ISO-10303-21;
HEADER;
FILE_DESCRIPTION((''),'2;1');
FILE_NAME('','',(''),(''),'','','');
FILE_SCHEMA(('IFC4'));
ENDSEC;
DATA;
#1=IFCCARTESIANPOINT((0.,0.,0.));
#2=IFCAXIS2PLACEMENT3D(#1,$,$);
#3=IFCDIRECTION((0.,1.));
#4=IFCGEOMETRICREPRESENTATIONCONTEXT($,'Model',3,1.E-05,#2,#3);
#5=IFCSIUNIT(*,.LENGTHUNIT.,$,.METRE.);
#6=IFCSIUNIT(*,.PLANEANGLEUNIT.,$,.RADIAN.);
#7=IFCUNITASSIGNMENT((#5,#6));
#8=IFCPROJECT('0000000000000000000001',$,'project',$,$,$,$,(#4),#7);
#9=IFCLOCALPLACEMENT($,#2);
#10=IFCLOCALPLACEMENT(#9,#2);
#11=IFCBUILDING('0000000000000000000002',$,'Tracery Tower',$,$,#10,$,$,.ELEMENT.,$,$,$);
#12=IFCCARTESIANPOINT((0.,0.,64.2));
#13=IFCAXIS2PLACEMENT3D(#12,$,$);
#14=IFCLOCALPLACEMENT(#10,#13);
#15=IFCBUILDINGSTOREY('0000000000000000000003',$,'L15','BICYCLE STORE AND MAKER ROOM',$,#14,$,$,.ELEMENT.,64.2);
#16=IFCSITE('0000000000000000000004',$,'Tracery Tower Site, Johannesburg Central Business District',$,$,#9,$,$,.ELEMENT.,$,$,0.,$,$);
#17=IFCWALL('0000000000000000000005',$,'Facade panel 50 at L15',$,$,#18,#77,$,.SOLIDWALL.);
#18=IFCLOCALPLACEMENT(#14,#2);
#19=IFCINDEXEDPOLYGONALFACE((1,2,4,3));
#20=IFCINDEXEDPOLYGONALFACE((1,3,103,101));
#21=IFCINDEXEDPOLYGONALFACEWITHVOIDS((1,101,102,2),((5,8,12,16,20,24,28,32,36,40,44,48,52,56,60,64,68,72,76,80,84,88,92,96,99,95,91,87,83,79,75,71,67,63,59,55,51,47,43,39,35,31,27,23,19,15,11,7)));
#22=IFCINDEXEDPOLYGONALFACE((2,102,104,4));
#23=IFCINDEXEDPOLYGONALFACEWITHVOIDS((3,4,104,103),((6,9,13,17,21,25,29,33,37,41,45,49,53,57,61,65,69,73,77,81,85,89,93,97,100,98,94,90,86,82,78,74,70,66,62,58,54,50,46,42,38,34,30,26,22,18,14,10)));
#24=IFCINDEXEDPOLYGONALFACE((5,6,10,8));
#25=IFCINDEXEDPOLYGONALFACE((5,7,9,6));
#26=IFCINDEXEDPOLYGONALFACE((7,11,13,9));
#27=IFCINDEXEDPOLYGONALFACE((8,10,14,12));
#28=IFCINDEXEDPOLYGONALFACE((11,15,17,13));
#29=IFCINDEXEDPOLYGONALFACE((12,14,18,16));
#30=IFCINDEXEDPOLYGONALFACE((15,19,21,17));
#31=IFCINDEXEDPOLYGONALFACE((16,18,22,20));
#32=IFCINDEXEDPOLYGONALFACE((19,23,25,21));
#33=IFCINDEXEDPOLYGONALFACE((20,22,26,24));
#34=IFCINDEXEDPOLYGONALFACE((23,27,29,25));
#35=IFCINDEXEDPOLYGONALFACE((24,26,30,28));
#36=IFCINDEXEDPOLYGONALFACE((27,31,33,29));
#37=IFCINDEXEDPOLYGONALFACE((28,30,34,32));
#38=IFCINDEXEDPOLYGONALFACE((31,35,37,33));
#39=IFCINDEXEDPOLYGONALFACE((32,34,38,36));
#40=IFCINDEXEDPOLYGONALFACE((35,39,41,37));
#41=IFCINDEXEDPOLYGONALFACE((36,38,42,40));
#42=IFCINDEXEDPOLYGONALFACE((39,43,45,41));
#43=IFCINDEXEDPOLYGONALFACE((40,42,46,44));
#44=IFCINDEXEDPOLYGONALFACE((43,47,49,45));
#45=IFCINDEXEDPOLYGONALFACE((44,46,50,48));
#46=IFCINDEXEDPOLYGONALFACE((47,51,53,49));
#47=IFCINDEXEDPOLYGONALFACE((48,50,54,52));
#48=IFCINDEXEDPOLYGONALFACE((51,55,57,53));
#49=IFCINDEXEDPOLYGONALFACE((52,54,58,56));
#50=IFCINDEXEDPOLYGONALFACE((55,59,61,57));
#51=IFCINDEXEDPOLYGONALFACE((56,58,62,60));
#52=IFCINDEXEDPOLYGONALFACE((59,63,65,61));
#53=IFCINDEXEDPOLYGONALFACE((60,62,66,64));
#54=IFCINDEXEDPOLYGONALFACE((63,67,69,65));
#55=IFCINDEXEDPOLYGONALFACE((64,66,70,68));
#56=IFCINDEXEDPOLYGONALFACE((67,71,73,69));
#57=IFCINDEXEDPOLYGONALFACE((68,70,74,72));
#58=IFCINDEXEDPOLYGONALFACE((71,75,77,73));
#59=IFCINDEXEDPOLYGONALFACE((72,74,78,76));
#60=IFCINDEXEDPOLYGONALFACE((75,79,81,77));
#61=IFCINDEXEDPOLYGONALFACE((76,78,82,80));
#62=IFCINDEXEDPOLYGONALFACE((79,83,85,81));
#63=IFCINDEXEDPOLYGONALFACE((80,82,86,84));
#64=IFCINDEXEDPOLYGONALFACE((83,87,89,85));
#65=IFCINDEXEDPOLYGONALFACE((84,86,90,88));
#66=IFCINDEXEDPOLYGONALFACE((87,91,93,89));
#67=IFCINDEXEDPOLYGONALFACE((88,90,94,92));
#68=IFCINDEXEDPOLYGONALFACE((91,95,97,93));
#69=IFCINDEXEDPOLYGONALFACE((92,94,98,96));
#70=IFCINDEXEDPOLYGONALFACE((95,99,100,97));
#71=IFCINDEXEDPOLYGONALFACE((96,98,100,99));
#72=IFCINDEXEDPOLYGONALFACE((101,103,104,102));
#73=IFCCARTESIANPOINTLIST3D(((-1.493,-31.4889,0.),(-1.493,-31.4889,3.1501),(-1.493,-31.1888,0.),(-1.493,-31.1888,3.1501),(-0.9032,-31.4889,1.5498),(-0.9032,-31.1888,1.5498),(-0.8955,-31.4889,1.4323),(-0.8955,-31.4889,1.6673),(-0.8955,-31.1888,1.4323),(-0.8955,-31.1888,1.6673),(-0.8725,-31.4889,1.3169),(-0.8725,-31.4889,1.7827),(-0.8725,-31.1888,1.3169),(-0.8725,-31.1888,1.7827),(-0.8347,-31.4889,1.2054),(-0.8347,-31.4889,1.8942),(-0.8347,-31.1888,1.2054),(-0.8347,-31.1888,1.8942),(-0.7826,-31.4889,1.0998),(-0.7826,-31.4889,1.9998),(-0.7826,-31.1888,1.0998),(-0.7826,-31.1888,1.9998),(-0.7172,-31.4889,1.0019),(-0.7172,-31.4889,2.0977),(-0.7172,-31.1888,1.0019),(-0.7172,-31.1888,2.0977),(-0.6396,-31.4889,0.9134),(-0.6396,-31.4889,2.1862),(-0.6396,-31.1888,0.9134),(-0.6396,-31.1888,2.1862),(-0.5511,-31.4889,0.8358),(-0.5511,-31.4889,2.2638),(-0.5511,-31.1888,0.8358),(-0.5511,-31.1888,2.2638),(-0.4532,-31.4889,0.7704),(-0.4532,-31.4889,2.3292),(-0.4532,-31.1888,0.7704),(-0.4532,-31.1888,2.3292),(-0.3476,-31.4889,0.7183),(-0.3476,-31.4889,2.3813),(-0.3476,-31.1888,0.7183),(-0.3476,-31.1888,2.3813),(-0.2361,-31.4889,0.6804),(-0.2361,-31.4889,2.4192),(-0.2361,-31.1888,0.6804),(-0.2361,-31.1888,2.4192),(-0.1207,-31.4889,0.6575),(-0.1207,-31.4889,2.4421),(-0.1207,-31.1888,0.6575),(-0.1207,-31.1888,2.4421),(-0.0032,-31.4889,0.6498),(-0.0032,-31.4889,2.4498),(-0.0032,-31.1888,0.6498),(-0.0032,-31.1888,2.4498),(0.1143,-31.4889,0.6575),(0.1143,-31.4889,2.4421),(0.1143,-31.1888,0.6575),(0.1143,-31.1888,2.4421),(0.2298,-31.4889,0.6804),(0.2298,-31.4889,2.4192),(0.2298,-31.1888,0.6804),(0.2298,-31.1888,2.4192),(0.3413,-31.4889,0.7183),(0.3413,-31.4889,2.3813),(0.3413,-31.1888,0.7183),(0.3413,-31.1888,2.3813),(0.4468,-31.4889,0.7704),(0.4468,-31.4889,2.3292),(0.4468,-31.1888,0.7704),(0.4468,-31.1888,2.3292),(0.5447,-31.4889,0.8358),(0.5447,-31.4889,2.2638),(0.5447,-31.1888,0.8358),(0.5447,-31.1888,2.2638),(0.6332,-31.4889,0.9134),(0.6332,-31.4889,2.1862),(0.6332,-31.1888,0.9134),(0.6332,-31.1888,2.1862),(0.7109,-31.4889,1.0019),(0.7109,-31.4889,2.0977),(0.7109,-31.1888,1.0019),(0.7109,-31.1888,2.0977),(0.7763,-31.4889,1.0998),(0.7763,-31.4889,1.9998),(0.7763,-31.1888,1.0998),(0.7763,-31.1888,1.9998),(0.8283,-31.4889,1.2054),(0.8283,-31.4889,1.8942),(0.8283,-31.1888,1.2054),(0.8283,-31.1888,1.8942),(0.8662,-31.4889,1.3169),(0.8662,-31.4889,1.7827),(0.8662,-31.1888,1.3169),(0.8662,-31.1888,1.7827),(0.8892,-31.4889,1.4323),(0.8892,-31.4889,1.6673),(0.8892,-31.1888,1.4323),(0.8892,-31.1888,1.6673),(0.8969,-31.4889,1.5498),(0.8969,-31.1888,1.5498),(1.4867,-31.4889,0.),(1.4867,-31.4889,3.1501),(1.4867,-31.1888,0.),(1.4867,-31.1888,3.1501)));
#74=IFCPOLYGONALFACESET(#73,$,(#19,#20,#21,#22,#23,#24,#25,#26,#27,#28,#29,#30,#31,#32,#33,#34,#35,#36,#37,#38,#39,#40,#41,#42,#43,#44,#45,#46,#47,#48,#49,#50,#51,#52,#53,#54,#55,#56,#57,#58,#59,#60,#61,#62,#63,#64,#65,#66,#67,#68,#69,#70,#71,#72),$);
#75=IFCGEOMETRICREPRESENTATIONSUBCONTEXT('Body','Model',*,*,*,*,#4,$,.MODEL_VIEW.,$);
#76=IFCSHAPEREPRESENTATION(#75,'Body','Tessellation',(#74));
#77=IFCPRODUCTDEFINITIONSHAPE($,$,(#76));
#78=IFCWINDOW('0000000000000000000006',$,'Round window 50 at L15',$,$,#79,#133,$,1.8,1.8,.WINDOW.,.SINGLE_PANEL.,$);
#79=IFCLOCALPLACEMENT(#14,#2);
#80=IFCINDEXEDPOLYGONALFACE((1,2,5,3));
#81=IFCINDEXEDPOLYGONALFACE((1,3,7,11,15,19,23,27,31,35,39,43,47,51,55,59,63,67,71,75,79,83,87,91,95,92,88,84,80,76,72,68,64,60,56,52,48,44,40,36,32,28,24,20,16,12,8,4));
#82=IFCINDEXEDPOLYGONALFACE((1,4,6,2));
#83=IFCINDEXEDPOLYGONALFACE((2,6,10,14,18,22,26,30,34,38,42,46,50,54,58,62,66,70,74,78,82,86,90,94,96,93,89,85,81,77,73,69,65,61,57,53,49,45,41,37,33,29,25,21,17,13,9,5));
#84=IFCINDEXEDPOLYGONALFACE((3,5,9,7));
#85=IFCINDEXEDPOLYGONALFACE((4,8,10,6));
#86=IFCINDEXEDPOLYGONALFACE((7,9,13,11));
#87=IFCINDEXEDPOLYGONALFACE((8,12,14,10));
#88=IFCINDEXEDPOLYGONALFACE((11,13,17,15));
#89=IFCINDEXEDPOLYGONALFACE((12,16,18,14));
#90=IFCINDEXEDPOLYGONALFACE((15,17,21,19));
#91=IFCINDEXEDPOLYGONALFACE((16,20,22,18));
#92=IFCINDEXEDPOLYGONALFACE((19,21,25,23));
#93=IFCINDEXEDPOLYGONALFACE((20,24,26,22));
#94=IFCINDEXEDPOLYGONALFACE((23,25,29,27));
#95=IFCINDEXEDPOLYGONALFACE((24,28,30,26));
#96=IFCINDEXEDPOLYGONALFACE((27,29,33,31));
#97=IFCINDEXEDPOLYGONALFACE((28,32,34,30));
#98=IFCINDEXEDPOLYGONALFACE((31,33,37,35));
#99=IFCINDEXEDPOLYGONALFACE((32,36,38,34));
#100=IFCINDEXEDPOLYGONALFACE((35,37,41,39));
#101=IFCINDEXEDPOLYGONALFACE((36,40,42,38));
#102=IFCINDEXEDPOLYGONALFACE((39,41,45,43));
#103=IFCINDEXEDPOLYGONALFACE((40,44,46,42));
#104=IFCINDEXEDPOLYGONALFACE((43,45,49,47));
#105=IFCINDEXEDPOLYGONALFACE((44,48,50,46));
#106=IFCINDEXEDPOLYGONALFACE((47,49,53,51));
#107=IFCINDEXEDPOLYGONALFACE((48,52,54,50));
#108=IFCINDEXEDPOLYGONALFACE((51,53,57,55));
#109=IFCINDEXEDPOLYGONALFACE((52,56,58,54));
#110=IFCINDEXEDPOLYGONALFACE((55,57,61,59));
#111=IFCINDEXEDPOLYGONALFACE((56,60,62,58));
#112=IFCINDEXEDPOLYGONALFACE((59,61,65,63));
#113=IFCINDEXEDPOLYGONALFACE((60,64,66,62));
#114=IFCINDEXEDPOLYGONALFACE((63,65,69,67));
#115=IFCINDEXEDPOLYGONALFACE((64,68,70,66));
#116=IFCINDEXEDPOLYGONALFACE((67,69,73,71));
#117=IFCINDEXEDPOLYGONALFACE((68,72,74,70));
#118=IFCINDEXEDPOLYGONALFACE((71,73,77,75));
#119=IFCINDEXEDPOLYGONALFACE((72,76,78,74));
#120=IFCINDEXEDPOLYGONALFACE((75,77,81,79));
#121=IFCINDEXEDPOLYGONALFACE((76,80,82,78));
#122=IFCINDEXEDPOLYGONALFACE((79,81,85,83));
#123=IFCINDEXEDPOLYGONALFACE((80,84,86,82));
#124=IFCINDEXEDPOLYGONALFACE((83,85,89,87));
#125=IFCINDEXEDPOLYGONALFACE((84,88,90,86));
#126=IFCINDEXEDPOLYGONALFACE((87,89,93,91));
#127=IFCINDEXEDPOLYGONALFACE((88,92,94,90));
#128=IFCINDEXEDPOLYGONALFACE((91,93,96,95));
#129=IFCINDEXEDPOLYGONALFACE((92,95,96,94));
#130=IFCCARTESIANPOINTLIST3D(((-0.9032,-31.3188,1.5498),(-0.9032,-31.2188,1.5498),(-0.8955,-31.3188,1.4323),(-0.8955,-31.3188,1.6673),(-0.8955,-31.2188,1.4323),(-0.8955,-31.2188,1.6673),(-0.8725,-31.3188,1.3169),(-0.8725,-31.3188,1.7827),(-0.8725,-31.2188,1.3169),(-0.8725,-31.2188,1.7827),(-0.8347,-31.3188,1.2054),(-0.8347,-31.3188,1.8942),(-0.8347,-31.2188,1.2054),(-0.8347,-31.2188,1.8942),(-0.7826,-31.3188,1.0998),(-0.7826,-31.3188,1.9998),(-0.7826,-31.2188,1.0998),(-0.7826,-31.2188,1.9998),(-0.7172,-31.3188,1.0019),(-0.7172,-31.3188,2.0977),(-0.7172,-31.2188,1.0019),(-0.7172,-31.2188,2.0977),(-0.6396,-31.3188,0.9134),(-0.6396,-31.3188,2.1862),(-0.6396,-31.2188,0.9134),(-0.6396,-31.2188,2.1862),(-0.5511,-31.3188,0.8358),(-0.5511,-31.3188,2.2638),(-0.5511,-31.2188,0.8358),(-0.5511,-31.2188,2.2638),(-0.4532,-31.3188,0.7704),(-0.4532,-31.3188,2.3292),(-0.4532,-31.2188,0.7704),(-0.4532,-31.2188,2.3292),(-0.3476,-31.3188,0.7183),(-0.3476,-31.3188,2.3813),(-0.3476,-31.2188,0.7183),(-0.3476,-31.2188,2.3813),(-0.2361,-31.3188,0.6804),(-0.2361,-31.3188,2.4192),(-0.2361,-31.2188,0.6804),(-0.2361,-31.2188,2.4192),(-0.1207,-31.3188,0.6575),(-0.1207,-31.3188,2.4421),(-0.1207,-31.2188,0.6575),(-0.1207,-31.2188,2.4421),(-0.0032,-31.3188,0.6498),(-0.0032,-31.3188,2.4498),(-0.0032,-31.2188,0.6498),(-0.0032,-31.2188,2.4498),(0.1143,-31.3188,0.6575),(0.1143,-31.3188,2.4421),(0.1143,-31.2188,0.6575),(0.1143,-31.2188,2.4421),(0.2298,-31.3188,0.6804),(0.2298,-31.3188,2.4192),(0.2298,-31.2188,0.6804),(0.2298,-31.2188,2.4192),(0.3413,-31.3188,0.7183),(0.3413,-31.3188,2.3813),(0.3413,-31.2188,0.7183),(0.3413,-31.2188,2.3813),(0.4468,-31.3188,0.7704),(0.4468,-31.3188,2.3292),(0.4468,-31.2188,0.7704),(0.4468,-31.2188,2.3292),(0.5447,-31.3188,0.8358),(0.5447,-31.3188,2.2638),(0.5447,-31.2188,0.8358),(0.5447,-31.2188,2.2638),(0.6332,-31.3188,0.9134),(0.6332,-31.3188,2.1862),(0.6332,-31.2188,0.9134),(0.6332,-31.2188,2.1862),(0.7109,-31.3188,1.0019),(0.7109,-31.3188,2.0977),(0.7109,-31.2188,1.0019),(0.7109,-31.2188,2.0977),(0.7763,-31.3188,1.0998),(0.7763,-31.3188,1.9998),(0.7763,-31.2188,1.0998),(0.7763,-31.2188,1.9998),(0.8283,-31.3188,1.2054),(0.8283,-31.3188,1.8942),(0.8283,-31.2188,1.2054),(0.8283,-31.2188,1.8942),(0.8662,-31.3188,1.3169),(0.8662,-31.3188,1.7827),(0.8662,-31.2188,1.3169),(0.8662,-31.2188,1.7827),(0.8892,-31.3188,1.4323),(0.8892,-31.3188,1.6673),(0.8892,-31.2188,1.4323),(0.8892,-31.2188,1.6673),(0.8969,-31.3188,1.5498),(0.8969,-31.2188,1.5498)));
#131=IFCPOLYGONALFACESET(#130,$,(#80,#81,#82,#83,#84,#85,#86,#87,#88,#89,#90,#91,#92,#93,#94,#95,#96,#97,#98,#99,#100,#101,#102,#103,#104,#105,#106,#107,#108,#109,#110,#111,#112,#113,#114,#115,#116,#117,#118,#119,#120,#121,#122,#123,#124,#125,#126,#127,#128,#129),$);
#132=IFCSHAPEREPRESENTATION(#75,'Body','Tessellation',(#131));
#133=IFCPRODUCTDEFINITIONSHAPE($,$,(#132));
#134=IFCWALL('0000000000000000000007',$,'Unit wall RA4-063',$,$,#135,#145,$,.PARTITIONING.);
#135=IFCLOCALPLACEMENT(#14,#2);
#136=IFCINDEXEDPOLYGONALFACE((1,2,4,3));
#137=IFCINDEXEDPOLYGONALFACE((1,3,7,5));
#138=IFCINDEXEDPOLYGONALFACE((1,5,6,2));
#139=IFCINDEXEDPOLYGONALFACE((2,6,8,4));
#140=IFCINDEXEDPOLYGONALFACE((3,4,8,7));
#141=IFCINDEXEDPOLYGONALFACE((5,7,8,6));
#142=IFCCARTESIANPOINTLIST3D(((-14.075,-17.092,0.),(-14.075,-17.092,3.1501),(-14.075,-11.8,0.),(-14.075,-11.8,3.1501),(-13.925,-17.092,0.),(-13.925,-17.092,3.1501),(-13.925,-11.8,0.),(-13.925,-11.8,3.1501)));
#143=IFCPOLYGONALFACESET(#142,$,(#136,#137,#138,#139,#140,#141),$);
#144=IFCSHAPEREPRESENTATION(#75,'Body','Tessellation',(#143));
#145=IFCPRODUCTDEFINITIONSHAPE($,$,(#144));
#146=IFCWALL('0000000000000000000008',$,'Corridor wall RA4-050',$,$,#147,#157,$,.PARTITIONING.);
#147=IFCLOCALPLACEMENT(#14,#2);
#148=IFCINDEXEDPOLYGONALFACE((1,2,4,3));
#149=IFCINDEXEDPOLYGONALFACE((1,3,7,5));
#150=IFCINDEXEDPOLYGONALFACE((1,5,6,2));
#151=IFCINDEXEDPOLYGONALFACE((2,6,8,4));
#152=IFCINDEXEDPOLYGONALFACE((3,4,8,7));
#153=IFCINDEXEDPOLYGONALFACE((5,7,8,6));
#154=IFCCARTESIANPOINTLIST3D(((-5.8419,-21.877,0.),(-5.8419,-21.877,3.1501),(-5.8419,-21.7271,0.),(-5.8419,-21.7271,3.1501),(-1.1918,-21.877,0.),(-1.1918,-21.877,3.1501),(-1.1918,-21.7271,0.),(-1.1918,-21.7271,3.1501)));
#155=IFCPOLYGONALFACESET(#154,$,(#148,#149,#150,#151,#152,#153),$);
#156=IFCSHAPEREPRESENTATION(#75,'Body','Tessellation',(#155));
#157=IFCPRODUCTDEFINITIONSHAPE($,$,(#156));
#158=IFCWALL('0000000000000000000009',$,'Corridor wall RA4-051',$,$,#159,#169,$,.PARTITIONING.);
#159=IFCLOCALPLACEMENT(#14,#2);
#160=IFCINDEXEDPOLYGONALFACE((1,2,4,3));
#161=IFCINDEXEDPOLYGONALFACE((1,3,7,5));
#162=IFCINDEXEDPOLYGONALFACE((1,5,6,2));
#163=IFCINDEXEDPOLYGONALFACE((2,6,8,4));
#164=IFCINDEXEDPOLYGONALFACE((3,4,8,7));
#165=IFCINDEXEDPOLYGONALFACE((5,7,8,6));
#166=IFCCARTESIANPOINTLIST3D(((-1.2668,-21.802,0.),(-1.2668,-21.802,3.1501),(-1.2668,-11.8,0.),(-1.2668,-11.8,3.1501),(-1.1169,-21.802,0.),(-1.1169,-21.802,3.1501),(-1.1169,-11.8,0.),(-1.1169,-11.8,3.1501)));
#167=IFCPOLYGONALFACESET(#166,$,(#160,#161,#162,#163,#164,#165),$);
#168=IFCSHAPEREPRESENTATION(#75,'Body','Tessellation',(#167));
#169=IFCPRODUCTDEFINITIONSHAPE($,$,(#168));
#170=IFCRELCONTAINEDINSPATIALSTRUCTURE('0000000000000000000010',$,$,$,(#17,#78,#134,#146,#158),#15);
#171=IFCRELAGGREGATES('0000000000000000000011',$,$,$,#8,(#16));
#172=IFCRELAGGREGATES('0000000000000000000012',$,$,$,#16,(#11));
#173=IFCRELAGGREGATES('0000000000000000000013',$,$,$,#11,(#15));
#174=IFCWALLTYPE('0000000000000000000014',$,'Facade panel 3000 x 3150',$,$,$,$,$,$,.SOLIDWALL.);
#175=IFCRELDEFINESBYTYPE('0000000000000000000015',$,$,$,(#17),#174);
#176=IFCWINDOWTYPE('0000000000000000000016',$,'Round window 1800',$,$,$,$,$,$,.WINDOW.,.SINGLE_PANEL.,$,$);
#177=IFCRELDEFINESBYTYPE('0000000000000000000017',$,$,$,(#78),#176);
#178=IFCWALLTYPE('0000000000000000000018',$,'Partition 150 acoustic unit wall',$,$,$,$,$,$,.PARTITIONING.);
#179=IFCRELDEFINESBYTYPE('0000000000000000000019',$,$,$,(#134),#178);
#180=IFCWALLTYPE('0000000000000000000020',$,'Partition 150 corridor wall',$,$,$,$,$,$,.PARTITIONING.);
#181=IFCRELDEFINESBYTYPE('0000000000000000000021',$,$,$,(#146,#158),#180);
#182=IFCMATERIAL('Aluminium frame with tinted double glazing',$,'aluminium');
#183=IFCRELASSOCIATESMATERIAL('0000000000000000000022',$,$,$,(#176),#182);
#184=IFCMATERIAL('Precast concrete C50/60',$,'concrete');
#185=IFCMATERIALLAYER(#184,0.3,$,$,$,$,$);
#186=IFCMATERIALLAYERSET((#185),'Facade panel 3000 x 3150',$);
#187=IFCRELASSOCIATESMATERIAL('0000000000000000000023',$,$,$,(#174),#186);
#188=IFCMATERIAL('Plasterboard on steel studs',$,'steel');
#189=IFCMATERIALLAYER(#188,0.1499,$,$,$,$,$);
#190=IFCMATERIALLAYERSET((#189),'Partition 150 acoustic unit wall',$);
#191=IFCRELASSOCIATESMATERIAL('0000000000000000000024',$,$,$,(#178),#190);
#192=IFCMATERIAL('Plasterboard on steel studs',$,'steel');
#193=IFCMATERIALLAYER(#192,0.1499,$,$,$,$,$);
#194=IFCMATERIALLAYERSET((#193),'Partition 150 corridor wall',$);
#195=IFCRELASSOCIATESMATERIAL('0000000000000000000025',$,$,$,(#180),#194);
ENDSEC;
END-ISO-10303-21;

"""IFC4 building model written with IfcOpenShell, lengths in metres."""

from ifc_helpers import new_model, si_unit, direction, frame, frame_2d, origin, origin_2d, place, context, subcontext, project, spatial, rectangle, circle, extrude, material, layer, layer_set, type_object, element, fill, save


model = new_model("IFC4")

# Units and contexts
model_context = context("Model", 3, precision=1e-05, world=origin(), true_north=direction((0.0, 1.0)))
body_context = subcontext(model_context, "Body", "Model", "MODEL_VIEW")
ifc_project = project(units=[si_unit("LENGTHUNIT", "METRE"), si_unit("PLANEANGLEUNIT", "RADIAN")], contexts=[model_context])

# Site, building, storey
site_placement = place(None, origin())
site = spatial("IfcSite", under=ifc_project, at=site_placement, Name="Tracery Tower Site, Johannesburg Central Business District", CompositionType="ELEMENT", RefElevation=0.0)
building_placement = place(site_placement, origin())
building = spatial("IfcBuilding", under=site, at=building_placement, Name="Tracery Tower", CompositionType="ELEMENT")
storey_placement = place(building_placement, frame((0.0, 0.0, 64.2)))
storey = spatial("IfcBuildingStorey", under=building, at=storey_placement, Name="L15", Description="BICYCLE STORE AND MAKER ROOM", CompositionType="ELEMENT", Elevation=64.2)

# Wall, opening, window
ifc_material_1 = material(Name="Aluminium frame with tinted double glazing", Category="aluminium")
window_type = type_object("IfcWindowType", Name="Round window 1800", PartitioningType="SINGLE_PANEL", PredefinedType="WINDOW", material=ifc_material_1)
ifc_material_2 = material(Name="Precast concrete C50/60", Category="concrete")
ifc_layer_1 = layer(ifc_material_2, 0.3)
ifc_layer_set_1 = layer_set([ifc_layer_1], Name="Facade panel 3000 x 3150")
wall_type_1 = type_object("IfcWallType", Name="Facade panel 3000 x 3150", PredefinedType="SOLIDWALL", material=ifc_layer_set_1)
wall_1_placement = place(storey_placement, frame((-1.4929, -31.3389, 0.0), z_axis=(0.0, 0.0, 1.0), x_axis=(1.0, 0.0, 0.0)))
wall_1 = element("IfcWall", 1, at=wall_1_placement, inside=storey, type_object=wall_type_1, Name="Facade panel 50 at L15", PredefinedType="SOLIDWALL", context=body_context, shape_type="SweptSolid", body=[
    extrude(rectangle(XDim=2.9797, YDim=0.3, at=frame_2d((1.4897, 0.0))), origin(), (0.0, 0.0, 1.0), 3.1501),
])
opening_1_placement = place(wall_1_placement, frame((1.4897, 0.0, 1.5498)))
opening_1 = element("IfcOpeningElement", 2, at=opening_1_placement, cuts=wall_1, PredefinedType="OPENING", context=body_context, shape_type="SweptSolid", body=[
    extrude(circle(Radius=0.9, at=origin_2d()), frame((0.0, 0.1599, 0.0), z_axis=(0.0, -1.0, 0.0), x_axis=(1.0, 0.0, 0.0)), (0.0, 0.0, 1.0), 0.3201),
])
window_1_placement = place(opening_1_placement, origin())
window_1 = element("IfcWindow", 3, at=window_1_placement, inside=storey, type_object=window_type, Name="Round window 50 at L15", OverallHeight=1.8, OverallWidth=1.8, PartitioningType="SINGLE_PANEL", PredefinedType="WINDOW", context=body_context, shape_type="SweptSolid", body=[
    extrude(circle(Radius=0.9, at=origin_2d()), frame((0.0, 0.1201, 0.0), z_axis=(0.0, -1.0, 0.0), x_axis=(1.0, 0.0, 0.0)), (0.0, 0.0, 1.0), 0.1001),
])
fill(opening_1, window_1)

# Walls
ifc_material_3 = material(Name="Plasterboard on steel studs", Category="steel")
ifc_layer_2 = layer(ifc_material_3, 0.1499)
ifc_layer_set_2 = layer_set([ifc_layer_2], Name="Partition 150 acoustic unit wall")
wall_type_2 = type_object("IfcWallType", Name="Partition 150 acoustic unit wall", PredefinedType="PARTITIONING", material=ifc_layer_set_2)
wall_2_placement = place(storey_placement, frame((-14.0, -17.092, 0.0), z_axis=(0.0, 0.0, 1.0), x_axis=(0.0, 1.0, 0.0)))
element("IfcWall", 4, at=wall_2_placement, inside=storey, type_object=wall_type_2, Name="Unit wall RA4-063", PredefinedType="PARTITIONING", context=body_context, shape_type="SweptSolid", body=[
    extrude(rectangle(XDim=5.292, YDim=0.1499, at=frame_2d((2.646, 0.0))), origin(), (0.0, 0.0, 1.0), 3.1501),
])
ifc_material_4 = material(Name="Plasterboard on steel studs", Category="steel")
ifc_layer_3 = layer(ifc_material_4, 0.1499)
ifc_layer_set_3 = layer_set([ifc_layer_3], Name="Partition 150 corridor wall")
wall_type_3 = type_object("IfcWallType", Name="Partition 150 corridor wall", PredefinedType="PARTITIONING", material=ifc_layer_set_3)
wall_3_placement = place(storey_placement, frame((-5.842, -21.802, 0.0), z_axis=(0.0, 0.0, 1.0), x_axis=(1.0, 0.0, 0.0)))
element("IfcWall", 5, at=wall_3_placement, inside=storey, type_object=wall_type_3, Name="Corridor wall RA4-050", PredefinedType="PARTITIONING", context=body_context, shape_type="SweptSolid", body=[
    extrude(rectangle(XDim=4.6501, YDim=0.1499, at=frame_2d((2.3252, 0.0))), origin(), (0.0, 0.0, 1.0), 3.1501),
])
wall_4_placement = place(storey_placement, frame((-1.1919, -21.802, 0.0), z_axis=(0.0, 0.0, 1.0), x_axis=(0.0, 1.0, 0.0)))
element("IfcWall", 6, at=wall_4_placement, inside=storey, type_object=wall_type_3, Name="Corridor wall RA4-051", PredefinedType="PARTITIONING", context=body_context, shape_type="SweptSolid", body=[
    extrude(rectangle(XDim=10.002, YDim=0.1499, at=frame_2d((5.001, 0.0))), origin(), (0.0, 0.0, 1.0), 3.1501),
])

save(model, "model.ifc")
